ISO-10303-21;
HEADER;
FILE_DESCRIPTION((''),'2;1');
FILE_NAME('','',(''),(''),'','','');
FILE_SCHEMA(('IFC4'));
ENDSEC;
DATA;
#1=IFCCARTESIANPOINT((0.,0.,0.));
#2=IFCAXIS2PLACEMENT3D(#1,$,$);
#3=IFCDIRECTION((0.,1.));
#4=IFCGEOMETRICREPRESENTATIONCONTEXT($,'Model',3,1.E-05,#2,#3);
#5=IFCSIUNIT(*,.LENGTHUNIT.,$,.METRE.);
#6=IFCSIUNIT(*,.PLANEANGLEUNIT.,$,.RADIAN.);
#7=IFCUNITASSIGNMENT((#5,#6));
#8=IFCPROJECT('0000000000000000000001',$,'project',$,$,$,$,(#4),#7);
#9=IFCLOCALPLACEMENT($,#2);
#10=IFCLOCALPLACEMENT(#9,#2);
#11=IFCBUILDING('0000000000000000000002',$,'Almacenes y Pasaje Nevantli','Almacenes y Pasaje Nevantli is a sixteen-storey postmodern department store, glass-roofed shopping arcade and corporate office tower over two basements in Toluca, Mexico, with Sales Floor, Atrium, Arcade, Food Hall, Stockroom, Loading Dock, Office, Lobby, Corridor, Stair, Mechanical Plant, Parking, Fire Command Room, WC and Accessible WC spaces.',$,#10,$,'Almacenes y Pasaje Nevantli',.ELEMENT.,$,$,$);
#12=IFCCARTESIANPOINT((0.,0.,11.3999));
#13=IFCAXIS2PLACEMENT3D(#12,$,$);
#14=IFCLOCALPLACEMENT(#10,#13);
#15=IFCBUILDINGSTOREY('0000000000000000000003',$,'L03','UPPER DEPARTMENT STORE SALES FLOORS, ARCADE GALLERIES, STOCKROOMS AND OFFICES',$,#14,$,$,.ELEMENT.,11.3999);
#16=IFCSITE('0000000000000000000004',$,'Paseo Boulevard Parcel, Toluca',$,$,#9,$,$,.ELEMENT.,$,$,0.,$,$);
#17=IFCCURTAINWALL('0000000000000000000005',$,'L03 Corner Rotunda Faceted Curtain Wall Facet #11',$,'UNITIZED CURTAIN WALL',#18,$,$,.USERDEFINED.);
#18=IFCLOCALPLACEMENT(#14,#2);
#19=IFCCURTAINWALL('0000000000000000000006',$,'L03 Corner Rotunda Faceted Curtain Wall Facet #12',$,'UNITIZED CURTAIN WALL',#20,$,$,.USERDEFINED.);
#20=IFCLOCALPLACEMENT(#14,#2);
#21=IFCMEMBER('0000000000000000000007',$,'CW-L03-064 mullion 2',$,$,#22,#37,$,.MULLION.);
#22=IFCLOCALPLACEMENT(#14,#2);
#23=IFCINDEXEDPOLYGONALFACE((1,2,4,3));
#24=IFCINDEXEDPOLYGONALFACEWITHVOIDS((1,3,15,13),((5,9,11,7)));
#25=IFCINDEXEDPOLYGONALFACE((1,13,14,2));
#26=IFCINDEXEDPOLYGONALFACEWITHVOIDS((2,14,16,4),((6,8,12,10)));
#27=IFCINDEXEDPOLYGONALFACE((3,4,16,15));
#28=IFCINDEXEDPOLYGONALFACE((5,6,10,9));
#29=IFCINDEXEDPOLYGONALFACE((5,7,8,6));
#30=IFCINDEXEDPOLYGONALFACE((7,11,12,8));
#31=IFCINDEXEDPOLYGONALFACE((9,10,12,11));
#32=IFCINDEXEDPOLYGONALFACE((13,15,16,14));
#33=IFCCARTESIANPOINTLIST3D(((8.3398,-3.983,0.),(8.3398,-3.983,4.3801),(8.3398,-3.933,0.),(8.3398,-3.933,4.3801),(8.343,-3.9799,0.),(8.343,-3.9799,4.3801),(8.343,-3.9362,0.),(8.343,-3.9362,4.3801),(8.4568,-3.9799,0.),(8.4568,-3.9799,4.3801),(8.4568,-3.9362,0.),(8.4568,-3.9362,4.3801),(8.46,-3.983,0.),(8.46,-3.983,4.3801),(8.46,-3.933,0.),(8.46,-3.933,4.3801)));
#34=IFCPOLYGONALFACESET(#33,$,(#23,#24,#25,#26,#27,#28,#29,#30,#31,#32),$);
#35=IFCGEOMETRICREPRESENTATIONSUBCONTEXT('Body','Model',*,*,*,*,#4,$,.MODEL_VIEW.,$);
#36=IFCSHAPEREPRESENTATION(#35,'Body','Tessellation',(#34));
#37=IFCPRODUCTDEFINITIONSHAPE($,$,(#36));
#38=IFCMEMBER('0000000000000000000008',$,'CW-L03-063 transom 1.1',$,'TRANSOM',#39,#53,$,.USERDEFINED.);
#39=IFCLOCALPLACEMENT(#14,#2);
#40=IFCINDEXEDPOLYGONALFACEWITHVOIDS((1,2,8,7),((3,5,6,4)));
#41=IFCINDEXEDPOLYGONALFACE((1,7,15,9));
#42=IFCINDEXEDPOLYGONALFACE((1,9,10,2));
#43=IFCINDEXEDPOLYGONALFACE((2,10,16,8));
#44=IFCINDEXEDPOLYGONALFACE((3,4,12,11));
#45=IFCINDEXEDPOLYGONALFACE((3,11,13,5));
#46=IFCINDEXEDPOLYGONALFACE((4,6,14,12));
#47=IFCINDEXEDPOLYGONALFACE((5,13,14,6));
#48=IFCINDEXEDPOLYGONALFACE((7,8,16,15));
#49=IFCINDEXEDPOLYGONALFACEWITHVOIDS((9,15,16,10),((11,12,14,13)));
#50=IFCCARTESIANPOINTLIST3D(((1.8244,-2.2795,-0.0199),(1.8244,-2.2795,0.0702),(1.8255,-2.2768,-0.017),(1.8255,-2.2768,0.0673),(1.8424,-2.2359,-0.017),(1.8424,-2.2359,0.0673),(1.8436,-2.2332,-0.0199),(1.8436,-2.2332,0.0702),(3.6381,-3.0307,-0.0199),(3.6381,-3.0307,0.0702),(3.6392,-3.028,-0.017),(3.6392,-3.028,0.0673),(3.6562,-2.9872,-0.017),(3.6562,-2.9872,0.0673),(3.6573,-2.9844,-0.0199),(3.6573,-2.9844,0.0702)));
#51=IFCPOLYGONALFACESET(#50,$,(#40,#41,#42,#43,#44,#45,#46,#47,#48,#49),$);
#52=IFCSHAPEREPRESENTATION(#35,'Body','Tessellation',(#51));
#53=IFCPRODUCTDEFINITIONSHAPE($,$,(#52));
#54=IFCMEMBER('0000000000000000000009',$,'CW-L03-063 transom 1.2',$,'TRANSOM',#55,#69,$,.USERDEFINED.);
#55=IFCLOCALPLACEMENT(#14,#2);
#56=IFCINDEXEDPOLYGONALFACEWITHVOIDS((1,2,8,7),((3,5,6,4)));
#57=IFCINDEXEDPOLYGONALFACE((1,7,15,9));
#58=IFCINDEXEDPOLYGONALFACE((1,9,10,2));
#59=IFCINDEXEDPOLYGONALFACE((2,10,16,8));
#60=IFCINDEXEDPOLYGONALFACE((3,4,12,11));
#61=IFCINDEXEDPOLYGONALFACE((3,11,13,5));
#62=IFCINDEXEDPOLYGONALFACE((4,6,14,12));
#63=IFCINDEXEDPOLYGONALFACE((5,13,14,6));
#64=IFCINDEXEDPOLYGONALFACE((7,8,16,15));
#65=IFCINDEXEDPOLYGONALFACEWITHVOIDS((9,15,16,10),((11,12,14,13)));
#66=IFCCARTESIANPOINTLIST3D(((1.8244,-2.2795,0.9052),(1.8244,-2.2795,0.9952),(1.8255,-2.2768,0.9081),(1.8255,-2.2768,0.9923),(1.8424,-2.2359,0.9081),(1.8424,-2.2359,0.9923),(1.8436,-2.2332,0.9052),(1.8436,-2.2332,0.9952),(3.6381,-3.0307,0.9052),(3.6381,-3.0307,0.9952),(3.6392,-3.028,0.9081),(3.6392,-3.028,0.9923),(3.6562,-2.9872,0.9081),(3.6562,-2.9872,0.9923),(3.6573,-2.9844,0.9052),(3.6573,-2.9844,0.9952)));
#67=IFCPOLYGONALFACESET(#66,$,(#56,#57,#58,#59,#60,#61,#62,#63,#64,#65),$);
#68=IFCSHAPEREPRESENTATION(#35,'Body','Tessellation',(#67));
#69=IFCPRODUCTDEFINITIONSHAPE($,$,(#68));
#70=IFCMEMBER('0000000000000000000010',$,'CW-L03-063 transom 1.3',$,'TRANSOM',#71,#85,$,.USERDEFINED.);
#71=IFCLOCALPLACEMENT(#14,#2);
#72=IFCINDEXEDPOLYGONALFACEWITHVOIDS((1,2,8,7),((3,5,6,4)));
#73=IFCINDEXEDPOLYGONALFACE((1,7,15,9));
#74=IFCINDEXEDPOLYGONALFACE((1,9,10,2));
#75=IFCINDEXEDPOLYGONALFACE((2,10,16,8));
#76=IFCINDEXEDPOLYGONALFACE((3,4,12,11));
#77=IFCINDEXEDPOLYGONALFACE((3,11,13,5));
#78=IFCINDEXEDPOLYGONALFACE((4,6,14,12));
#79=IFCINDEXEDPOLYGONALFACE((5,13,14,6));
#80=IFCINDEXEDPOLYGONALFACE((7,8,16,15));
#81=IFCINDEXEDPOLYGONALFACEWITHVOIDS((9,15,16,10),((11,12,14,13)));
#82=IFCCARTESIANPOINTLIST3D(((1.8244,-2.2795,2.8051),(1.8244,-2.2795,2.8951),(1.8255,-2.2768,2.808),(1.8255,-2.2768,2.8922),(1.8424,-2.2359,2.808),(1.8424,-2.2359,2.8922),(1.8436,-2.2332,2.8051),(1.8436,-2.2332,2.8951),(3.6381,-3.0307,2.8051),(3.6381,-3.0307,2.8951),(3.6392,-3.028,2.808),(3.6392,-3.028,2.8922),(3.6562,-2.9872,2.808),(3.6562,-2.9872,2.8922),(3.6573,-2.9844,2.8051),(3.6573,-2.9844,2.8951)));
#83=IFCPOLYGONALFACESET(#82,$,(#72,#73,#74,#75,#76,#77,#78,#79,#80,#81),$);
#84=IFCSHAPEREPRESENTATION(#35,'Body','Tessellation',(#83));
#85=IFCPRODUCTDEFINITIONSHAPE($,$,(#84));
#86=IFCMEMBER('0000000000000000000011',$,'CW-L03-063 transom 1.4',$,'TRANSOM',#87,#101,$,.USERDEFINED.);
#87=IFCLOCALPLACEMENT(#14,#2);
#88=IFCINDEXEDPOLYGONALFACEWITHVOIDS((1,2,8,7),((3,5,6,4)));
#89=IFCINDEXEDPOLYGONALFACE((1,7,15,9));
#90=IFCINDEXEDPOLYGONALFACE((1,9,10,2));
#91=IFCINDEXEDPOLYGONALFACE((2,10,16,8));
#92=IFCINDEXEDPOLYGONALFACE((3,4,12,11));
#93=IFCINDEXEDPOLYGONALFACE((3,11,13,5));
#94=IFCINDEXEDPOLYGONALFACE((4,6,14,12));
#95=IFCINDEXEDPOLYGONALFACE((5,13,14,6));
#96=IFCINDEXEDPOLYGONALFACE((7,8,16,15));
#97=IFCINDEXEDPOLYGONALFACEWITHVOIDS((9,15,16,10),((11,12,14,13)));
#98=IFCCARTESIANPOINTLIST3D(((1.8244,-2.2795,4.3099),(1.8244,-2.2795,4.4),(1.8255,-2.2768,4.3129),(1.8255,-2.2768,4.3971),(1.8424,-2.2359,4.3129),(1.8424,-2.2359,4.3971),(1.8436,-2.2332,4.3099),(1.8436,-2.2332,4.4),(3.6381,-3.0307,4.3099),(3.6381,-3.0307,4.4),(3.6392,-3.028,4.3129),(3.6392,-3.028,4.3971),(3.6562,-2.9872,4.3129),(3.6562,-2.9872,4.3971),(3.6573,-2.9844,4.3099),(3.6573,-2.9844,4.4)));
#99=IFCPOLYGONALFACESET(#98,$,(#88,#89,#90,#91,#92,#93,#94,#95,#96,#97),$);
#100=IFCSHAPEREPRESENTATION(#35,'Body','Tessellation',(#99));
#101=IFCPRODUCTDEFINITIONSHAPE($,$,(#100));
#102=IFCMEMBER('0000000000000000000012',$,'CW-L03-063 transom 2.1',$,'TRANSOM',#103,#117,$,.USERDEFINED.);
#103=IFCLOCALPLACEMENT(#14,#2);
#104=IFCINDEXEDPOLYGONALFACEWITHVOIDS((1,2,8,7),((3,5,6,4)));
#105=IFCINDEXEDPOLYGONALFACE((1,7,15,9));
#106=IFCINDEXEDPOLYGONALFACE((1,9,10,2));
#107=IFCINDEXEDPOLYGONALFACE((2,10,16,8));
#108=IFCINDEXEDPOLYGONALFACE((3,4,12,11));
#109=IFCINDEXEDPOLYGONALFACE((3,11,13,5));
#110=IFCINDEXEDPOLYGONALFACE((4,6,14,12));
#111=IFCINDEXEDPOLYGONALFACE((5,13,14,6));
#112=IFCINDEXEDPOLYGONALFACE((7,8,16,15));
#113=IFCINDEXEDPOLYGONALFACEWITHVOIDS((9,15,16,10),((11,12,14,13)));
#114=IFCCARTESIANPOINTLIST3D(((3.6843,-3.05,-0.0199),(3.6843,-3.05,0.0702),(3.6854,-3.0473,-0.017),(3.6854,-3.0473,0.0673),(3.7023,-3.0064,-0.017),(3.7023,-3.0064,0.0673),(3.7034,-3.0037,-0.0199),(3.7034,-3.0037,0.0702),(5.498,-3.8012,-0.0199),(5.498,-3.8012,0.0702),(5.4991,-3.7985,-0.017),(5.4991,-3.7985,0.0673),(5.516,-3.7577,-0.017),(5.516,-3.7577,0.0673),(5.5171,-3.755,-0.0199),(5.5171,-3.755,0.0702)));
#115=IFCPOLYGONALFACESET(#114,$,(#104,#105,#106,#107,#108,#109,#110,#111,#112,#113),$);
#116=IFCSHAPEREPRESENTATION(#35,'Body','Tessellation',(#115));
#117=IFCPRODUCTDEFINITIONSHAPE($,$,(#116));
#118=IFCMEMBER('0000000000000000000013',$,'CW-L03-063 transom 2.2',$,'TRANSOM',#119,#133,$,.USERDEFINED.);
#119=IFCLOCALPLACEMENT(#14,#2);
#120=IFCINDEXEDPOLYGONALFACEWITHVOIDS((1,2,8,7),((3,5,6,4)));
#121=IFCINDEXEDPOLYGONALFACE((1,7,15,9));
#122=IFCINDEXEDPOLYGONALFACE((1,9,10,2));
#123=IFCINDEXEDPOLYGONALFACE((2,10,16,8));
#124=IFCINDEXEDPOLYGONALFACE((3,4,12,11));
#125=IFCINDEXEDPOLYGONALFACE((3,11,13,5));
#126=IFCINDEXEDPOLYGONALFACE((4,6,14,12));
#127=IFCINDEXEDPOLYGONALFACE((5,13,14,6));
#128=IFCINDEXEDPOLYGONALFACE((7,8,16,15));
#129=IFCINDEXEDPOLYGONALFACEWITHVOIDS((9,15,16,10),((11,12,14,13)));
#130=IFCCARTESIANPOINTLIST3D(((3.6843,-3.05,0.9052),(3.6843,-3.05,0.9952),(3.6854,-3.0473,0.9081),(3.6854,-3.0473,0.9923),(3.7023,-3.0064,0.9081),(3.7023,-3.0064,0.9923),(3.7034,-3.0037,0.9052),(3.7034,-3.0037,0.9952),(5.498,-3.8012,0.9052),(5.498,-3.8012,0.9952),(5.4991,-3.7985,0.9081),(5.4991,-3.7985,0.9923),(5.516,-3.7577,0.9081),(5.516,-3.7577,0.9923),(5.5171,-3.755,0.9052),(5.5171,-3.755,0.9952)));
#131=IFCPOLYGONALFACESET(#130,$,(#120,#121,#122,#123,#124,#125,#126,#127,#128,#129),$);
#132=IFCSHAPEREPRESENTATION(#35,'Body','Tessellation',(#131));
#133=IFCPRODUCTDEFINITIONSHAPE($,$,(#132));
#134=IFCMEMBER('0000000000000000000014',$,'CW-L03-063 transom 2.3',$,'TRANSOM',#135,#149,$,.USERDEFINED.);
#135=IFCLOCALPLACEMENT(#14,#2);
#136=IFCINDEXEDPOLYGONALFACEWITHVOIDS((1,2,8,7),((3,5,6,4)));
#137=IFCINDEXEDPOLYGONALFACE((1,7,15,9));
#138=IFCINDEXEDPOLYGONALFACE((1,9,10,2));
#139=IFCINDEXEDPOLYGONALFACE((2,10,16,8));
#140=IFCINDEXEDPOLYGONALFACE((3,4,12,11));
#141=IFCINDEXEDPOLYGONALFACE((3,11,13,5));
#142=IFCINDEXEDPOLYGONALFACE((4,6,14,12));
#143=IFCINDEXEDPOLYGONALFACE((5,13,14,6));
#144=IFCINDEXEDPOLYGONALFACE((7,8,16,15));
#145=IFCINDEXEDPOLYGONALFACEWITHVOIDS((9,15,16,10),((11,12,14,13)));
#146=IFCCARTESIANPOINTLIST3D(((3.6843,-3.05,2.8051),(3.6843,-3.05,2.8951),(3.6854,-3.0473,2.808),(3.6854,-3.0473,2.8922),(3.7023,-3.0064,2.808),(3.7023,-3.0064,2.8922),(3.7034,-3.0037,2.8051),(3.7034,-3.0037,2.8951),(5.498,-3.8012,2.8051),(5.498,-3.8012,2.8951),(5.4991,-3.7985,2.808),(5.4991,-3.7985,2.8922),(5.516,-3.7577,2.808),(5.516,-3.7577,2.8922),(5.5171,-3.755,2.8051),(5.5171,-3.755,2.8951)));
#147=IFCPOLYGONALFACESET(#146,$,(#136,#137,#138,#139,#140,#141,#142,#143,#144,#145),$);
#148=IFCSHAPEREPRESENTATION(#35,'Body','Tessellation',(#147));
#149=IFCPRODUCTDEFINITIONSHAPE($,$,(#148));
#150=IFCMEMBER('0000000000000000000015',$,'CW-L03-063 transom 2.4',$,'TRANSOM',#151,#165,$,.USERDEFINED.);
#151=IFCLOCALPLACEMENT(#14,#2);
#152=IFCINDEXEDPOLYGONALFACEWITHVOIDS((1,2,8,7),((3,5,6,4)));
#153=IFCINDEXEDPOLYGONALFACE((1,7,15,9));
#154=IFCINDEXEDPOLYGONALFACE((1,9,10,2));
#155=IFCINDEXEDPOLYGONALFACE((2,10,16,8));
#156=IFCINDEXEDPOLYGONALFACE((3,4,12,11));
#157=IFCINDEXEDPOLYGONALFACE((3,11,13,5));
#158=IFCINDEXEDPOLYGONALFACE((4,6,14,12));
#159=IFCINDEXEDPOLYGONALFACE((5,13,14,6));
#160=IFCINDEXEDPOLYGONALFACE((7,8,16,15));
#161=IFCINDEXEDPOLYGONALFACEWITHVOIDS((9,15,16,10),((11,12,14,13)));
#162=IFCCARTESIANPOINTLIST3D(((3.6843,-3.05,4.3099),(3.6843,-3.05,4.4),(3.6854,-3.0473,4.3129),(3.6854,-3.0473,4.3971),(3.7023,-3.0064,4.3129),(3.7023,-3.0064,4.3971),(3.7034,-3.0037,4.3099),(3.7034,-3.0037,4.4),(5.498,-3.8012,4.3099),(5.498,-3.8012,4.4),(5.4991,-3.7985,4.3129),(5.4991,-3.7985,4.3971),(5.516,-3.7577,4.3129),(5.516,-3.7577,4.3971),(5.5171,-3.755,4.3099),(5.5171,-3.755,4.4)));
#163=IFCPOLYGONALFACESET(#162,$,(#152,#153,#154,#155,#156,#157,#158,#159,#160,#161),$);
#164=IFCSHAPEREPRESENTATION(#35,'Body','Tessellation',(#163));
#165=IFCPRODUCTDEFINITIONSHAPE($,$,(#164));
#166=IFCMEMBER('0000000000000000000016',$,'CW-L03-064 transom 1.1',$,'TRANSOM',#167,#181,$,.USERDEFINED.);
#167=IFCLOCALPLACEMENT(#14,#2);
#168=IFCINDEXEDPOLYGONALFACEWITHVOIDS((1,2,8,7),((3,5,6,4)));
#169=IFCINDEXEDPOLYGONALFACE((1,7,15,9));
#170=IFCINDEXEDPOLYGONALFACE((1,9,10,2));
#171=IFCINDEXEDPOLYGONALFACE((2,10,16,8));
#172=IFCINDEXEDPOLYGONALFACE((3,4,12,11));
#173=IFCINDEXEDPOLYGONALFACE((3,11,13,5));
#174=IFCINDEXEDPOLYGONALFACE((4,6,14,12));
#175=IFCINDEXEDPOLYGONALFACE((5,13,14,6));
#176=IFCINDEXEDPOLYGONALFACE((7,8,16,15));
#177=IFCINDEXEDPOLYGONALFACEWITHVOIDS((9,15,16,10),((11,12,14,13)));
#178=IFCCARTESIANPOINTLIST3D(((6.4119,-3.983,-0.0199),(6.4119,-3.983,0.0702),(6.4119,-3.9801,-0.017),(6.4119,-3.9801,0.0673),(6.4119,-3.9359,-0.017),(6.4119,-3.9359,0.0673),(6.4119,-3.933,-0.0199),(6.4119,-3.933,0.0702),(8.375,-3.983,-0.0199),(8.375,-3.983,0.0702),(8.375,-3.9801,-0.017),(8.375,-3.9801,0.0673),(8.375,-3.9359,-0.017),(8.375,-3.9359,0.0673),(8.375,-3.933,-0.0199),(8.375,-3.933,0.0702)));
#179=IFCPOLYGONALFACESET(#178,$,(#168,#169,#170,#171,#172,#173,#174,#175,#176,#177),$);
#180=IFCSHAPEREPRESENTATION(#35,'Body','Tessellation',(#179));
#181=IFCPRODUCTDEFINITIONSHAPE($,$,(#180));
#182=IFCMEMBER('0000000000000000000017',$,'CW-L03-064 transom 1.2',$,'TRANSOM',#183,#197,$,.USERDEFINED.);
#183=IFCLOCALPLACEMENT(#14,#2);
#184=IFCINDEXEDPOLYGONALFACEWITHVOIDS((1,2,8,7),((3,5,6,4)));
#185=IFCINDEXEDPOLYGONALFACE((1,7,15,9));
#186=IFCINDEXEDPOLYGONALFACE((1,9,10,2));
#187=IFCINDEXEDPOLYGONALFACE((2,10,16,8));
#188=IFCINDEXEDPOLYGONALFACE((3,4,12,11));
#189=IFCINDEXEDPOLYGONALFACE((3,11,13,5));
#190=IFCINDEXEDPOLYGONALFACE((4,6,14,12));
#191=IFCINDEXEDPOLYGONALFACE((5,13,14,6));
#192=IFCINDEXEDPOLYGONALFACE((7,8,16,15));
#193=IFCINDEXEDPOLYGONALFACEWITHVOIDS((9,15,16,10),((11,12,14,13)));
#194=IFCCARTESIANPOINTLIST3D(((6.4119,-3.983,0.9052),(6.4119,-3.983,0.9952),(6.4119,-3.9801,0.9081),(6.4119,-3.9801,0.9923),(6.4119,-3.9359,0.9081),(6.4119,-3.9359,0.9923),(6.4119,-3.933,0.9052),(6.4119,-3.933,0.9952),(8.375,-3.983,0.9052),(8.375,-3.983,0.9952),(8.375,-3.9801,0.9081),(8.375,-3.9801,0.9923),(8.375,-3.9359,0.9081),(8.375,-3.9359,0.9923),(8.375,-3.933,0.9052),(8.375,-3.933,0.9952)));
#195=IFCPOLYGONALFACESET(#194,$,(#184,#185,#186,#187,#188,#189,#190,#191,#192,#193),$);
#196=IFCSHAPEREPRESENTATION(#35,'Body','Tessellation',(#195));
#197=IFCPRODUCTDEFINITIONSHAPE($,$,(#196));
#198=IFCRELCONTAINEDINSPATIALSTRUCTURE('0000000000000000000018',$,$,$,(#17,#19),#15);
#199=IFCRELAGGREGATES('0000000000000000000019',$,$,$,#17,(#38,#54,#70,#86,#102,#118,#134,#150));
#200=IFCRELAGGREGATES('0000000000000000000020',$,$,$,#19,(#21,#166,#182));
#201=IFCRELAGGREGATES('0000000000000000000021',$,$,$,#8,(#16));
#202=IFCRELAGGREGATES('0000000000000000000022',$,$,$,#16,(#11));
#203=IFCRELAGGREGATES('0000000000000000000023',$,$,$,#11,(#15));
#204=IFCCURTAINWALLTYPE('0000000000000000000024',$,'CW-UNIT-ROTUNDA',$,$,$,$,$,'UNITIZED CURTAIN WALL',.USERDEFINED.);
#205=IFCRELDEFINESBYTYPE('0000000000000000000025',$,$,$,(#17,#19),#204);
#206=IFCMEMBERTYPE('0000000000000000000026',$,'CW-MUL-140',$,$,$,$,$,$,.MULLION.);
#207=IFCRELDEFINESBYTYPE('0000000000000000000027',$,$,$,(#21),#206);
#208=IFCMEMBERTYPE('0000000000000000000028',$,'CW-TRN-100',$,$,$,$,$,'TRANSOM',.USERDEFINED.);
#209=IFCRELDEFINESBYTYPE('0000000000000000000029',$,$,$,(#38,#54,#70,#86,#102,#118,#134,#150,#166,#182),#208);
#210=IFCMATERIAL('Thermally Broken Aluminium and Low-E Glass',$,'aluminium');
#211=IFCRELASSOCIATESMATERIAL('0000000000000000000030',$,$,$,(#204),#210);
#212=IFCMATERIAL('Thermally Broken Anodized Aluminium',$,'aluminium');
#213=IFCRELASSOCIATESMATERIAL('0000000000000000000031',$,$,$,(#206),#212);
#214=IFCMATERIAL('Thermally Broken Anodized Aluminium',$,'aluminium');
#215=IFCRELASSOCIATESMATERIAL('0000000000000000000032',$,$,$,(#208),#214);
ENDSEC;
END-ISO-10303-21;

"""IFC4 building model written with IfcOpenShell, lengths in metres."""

from ifc_helpers import new_model, si_unit, direction, frame, origin, origin_2d, place, context, subcontext, project, spatial, hollow_rectangle, extrude, material, material_profile, profile_set, type_object, element, aggregate, save


model = new_model("IFC4")

# Units and contexts
model_context = context("Model", 3, precision=1e-05, world=origin(), true_north=direction((0.0, 1.0)))
body_context = subcontext(model_context, "Body", "Model", "MODEL_VIEW")
ifc_project = project(units=[si_unit("LENGTHUNIT", "METRE"), si_unit("PLANEANGLEUNIT", "RADIAN")], contexts=[model_context])

# Site, building, storey
site_placement = place(None, origin())
site = spatial("IfcSite", under=ifc_project, at=site_placement, Name="Paseo Boulevard Parcel, Toluca", CompositionType="ELEMENT", RefElevation=0.0)
building_placement = place(site_placement, origin())
building = spatial("IfcBuilding", under=site, at=building_placement, Name="Almacenes y Pasaje Nevantli", Description="Almacenes y Pasaje Nevantli is a sixteen-storey postmodern department store, glass-roofed shopping arcade and corporate office tower over two basements in Toluca, Mexico, with Sales Floor, Atrium, Arcade, Food Hall, Stockroom, Loading Dock, Office, Lobby, Corridor, Stair, Mechanical Plant, Parking, Fire Command Room, WC and Accessible WC spaces.", LongName="Almacenes y Pasaje Nevantli", CompositionType="ELEMENT")
storey_placement = place(building_placement, frame((0.0, 0.0, 11.3999)))
storey = spatial("IfcBuildingStorey", under=building, at=storey_placement, Name="L03", Description="UPPER DEPARTMENT STORE SALES FLOORS, ARCADE GALLERIES, STOCKROOMS AND OFFICES", CompositionType="ELEMENT", Elevation=11.3999)

# Shared definitions
ifc_material_1 = material(Name="Thermally Broken Aluminium and Low-E Glass", Category="aluminium")
curtain_wall_type = type_object("IfcCurtainWallType", Name="CW-UNIT-ROTUNDA", ElementType="UNITIZED CURTAIN WALL", PredefinedType="USERDEFINED", material=ifc_material_1)
ifc_material_2 = material(Name="Thermally Broken Anodized Aluminium", Category="aluminium")
ifc_material_profile_1 = material_profile(ifc_material_2, hollow_rectangle(XDim=0.05, YDim=0.1201, WallThickness=0.0032, at=origin_2d()), Name="ALU-MUL-50x120")
ifc_profile_set_1 = profile_set([ifc_material_profile_1], Name="Thermally Broken Anodized Aluminium")
member_type_1 = type_object("IfcMemberType", Name="CW-MUL-140", PredefinedType="MULLION", material=ifc_profile_set_1)

# Curtain walls, member
curtain_wall_1_placement = place(storey_placement, origin())
curtain_wall_1 = element("IfcCurtainWall", 1, at=curtain_wall_1_placement, inside=storey, type_object=curtain_wall_type, Name="L03 Corner Rotunda Faceted Curtain Wall Facet #11", ObjectType="UNITIZED CURTAIN WALL", PredefinedType="USERDEFINED")
curtain_wall_2_placement = place(storey_placement, origin())
curtain_wall_2 = element("IfcCurtainWall", 2, at=curtain_wall_2_placement, inside=storey, type_object=curtain_wall_type, Name="L03 Corner Rotunda Faceted Curtain Wall Facet #12", ObjectType="UNITIZED CURTAIN WALL", PredefinedType="USERDEFINED")
member_1_placement = place(storey_placement, frame((8.3999, -3.958, 0.0), z_axis=(0.0, 0.0, 1.0), x_axis=(0.0, 1.0, 0.0)))
member_1 = element("IfcMember", 3, at=member_1_placement, type_object=member_type_1, Name="CW-L03-064 mullion 2", PredefinedType="MULLION", context=body_context, shape_type="SweptSolid", body=[
    extrude(hollow_rectangle(XDim=0.05, YDim=0.1201, WallThickness=0.0032, at=origin_2d()), origin(), (0.0, 0.0, 1.0), 4.3801),
])

# Members
ifc_material_3 = material(Name="Thermally Broken Anodized Aluminium", Category="aluminium")
ifc_material_profile_2 = material_profile(ifc_material_3, hollow_rectangle(XDim=0.05, YDim=0.0901, WallThickness=0.0029, at=origin_2d()), Name="ALU-TRN-50x90")
ifc_profile_set_2 = profile_set([ifc_material_profile_2], Name="Thermally Broken Anodized Aluminium")
member_type_2 = type_object("IfcMemberType", Name="CW-TRN-100", ElementType="TRANSOM", PredefinedType="USERDEFINED", material=ifc_profile_set_2)
member_2_placement = place(storey_placement, frame((1.834, -2.2563, 0.0251), z_axis=(0.923888, -0.382663, 0.0), x_axis=(0.382663, 0.923888, 0.0)))
member_2 = element("IfcMember", 4, at=member_2_placement, type_object=member_type_2, Name="CW-L03-063 transom 1.1", ObjectType="TRANSOM", PredefinedType="USERDEFINED", context=body_context, shape_type="SweptSolid", body=[
    extrude(hollow_rectangle(XDim=0.05, YDim=0.0901, WallThickness=0.0029, at=origin_2d()), origin(), (0.0, 0.0, 1.0), 1.9631),
])
member_3_placement = place(storey_placement, frame((1.834, -2.2563, 0.9502), z_axis=(0.923888, -0.382663, 0.0), x_axis=(0.382663, 0.923888, 0.0)))
member_3 = element("IfcMember", 5, at=member_3_placement, type_object=member_type_2, Name="CW-L03-063 transom 1.2", ObjectType="TRANSOM", PredefinedType="USERDEFINED", context=body_context, shape_type="SweptSolid", body=[
    extrude(hollow_rectangle(XDim=0.05, YDim=0.0901, WallThickness=0.0029, at=origin_2d()), origin(), (0.0, 0.0, 1.0), 1.9631),
])
member_4_placement = place(storey_placement, frame((1.834, -2.2563, 2.8501), z_axis=(0.923888, -0.382663, 0.0), x_axis=(0.382663, 0.923888, 0.0)))
member_4 = element("IfcMember", 6, at=member_4_placement, type_object=member_type_2, Name="CW-L03-063 transom 1.3", ObjectType="TRANSOM", PredefinedType="USERDEFINED", context=body_context, shape_type="SweptSolid", body=[
    extrude(hollow_rectangle(XDim=0.05, YDim=0.0901, WallThickness=0.0029, at=origin_2d()), origin(), (0.0, 0.0, 1.0), 1.9631),
])
member_5_placement = place(storey_placement, frame((1.834, -2.2563, 4.355), z_axis=(0.923888, -0.382663, 0.0), x_axis=(0.382663, 0.923888, 0.0)))
member_5 = element("IfcMember", 7, at=member_5_placement, type_object=member_type_2, Name="CW-L03-063 transom 1.4", ObjectType="TRANSOM", PredefinedType="USERDEFINED", context=body_context, shape_type="SweptSolid", body=[
    extrude(hollow_rectangle(XDim=0.05, YDim=0.0901, WallThickness=0.0029, at=origin_2d()), origin(), (0.0, 0.0, 1.0), 1.9631),
])
member_6_placement = place(storey_placement, frame((3.6938, -3.0269, 0.0251), z_axis=(0.923888, -0.382663, 0.0), x_axis=(0.382663, 0.923888, 0.0)))
member_6 = element("IfcMember", 8, at=member_6_placement, type_object=member_type_2, Name="CW-L03-063 transom 2.1", ObjectType="TRANSOM", PredefinedType="USERDEFINED", context=body_context, shape_type="SweptSolid", body=[
    extrude(hollow_rectangle(XDim=0.05, YDim=0.0901, WallThickness=0.0029, at=origin_2d()), origin(), (0.0, 0.0, 1.0), 1.9631),
])
member_7_placement = place(storey_placement, frame((3.6938, -3.0269, 0.9502), z_axis=(0.923888, -0.382663, 0.0), x_axis=(0.382663, 0.923888, 0.0)))
member_7 = element("IfcMember", 9, at=member_7_placement, type_object=member_type_2, Name="CW-L03-063 transom 2.2", ObjectType="TRANSOM", PredefinedType="USERDEFINED", context=body_context, shape_type="SweptSolid", body=[
    extrude(hollow_rectangle(XDim=0.05, YDim=0.0901, WallThickness=0.0029, at=origin_2d()), origin(), (0.0, 0.0, 1.0), 1.9631),
])
member_8_placement = place(storey_placement, frame((3.6938, -3.0269, 2.8501), z_axis=(0.923888, -0.382663, 0.0), x_axis=(0.382663, 0.923888, 0.0)))
member_8 = element("IfcMember", 10, at=member_8_placement, type_object=member_type_2, Name="CW-L03-063 transom 2.3", ObjectType="TRANSOM", PredefinedType="USERDEFINED", context=body_context, shape_type="SweptSolid", body=[
    extrude(hollow_rectangle(XDim=0.05, YDim=0.0901, WallThickness=0.0029, at=origin_2d()), origin(), (0.0, 0.0, 1.0), 1.9631),
])
member_9_placement = place(storey_placement, frame((3.6938, -3.0269, 4.355), z_axis=(0.923888, -0.382663, 0.0), x_axis=(0.382663, 0.923888, 0.0)))
member_9 = element("IfcMember", 11, at=member_9_placement, type_object=member_type_2, Name="CW-L03-063 transom 2.4", ObjectType="TRANSOM", PredefinedType="USERDEFINED", context=body_context, shape_type="SweptSolid", body=[
    extrude(hollow_rectangle(XDim=0.05, YDim=0.0901, WallThickness=0.0029, at=origin_2d()), origin(), (0.0, 0.0, 1.0), 1.9631),
])
member_10_placement = place(storey_placement, frame((6.4119, -3.958, 0.0251), z_axis=(1.0, 0.0, 0.0), x_axis=(0.0, 1.0, 0.0)))
member_10 = element("IfcMember", 12, at=member_10_placement, type_object=member_type_2, Name="CW-L03-064 transom 1.1", ObjectType="TRANSOM", PredefinedType="USERDEFINED", context=body_context, shape_type="SweptSolid", body=[
    extrude(hollow_rectangle(XDim=0.05, YDim=0.0901, WallThickness=0.0029, at=origin_2d()), origin(), (0.0, 0.0, 1.0), 1.9631),
])
member_11_placement = place(storey_placement, frame((6.4119, -3.958, 0.9502), z_axis=(1.0, 0.0, 0.0), x_axis=(0.0, 1.0, 0.0)))
member_11 = element("IfcMember", 13, at=member_11_placement, type_object=member_type_2, Name="CW-L03-064 transom 1.2", ObjectType="TRANSOM", PredefinedType="USERDEFINED", context=body_context, shape_type="SweptSolid", body=[
    extrude(hollow_rectangle(XDim=0.05, YDim=0.0901, WallThickness=0.0029, at=origin_2d()), origin(), (0.0, 0.0, 1.0), 1.9631),
])

aggregate(curtain_wall_1, [member_2, member_3, member_4, member_5, member_6, member_7, member_8, member_9])
aggregate(curtain_wall_2, [member_1, member_10, member_11])

save(model, "model.ifc")
